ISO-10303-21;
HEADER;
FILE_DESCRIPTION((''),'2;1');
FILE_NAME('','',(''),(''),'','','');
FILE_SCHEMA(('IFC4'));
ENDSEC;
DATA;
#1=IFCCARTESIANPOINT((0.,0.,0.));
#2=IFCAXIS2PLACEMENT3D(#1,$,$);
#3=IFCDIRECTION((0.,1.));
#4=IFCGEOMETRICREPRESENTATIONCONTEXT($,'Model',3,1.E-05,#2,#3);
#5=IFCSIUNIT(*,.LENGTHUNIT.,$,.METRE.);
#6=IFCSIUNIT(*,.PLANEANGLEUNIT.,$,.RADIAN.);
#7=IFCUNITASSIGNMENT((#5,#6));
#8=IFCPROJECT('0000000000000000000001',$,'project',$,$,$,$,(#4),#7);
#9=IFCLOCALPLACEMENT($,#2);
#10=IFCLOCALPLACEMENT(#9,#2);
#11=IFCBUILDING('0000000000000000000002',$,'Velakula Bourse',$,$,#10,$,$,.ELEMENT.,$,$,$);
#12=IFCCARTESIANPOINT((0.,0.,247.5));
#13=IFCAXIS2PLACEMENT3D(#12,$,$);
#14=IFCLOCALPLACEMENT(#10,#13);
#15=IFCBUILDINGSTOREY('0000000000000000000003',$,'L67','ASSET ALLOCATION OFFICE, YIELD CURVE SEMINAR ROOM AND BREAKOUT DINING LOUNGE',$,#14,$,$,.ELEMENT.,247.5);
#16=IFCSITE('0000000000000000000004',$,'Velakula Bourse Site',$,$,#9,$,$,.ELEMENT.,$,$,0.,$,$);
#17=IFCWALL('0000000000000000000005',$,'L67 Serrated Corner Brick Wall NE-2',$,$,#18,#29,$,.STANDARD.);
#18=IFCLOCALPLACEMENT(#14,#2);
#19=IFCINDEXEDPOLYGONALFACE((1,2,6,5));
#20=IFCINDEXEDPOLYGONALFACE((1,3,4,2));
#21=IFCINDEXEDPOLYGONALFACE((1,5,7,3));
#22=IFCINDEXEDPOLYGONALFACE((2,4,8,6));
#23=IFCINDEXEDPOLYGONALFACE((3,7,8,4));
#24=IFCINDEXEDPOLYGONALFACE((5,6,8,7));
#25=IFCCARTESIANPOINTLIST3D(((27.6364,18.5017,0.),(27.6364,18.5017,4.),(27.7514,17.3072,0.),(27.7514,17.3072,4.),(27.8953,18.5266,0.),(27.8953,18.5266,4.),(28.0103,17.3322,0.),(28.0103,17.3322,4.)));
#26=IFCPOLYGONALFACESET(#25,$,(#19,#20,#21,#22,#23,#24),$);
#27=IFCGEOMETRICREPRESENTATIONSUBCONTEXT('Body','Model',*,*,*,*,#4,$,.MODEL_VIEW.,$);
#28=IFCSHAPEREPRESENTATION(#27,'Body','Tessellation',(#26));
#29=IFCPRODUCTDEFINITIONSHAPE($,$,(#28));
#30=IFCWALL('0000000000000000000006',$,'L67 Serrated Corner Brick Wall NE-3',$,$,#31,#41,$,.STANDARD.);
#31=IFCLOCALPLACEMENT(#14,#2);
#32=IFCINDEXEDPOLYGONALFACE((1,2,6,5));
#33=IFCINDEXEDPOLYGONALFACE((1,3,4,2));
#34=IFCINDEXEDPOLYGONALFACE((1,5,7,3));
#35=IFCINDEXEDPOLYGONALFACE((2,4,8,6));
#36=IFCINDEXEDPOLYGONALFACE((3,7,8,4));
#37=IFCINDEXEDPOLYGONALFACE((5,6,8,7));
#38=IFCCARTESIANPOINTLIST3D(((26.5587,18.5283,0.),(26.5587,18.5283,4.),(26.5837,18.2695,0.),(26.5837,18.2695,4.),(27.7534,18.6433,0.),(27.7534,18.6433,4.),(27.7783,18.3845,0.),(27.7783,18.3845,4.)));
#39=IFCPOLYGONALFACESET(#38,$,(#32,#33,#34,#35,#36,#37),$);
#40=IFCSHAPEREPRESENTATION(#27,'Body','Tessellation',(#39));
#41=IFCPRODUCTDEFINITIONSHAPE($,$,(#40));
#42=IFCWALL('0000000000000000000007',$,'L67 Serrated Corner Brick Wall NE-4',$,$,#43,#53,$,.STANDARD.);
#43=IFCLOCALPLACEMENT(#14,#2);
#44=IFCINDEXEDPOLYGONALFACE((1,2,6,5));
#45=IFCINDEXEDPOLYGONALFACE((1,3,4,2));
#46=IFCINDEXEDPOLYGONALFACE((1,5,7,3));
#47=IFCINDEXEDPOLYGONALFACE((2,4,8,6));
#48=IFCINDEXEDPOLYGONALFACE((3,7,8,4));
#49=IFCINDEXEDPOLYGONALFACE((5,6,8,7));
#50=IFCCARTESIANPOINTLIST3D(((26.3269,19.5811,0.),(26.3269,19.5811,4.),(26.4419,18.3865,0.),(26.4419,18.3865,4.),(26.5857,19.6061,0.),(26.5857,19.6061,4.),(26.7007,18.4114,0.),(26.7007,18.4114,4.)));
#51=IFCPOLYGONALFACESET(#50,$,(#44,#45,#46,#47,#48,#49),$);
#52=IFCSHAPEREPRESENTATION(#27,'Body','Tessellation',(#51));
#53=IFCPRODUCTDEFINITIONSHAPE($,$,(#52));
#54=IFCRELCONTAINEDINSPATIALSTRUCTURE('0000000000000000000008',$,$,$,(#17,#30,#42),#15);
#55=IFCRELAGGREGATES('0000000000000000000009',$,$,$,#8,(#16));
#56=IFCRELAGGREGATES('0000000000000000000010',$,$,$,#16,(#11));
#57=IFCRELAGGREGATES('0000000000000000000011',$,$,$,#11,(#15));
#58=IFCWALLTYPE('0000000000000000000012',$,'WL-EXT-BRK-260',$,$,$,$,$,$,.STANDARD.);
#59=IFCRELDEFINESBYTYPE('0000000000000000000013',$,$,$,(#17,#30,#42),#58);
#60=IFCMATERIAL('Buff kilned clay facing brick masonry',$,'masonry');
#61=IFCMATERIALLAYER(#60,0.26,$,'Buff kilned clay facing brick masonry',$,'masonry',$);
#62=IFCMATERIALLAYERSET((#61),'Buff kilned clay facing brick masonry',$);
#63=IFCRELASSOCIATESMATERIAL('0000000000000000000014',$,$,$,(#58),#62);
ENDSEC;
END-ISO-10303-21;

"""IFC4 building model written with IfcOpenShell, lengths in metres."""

from ifc_helpers import new_model, si_unit, direction, frame, frame_2d, origin, place, context, subcontext, project, spatial, rectangle, extrude, material, layer, layer_set, type_object, element, save


model = new_model("IFC4")

# Units and contexts
model_context = context("Model", 3, precision=1e-05, world=origin(), true_north=direction((0.0, 1.0)))
body_context = subcontext(model_context, "Body", "Model", "MODEL_VIEW")
ifc_project = project(units=[si_unit("LENGTHUNIT", "METRE"), si_unit("PLANEANGLEUNIT", "RADIAN")], contexts=[model_context])

# Site, building, storey
site_placement = place(None, origin())
site = spatial("IfcSite", under=ifc_project, at=site_placement, Name="Velakula Bourse Site", CompositionType="ELEMENT", RefElevation=0.0)
building_placement = place(site_placement, origin())
building = spatial("IfcBuilding", under=site, at=building_placement, Name="Velakula Bourse", CompositionType="ELEMENT")
storey_placement = place(building_placement, frame((0.0, 0.0, 247.5)))
storey = spatial("IfcBuildingStorey", under=building, at=storey_placement, Name="L67", Description="ASSET ALLOCATION OFFICE, YIELD CURVE SEMINAR ROOM AND BREAKOUT DINING LOUNGE", CompositionType="ELEMENT", Elevation=247.5)

# Shared definitions
ifc_material_1 = material(Name="Buff kilned clay facing brick masonry", Category="masonry")
ifc_layer_1 = layer(ifc_material_1, 0.26, Name="Buff kilned clay facing brick masonry", Category="masonry")
ifc_layer_set_1 = layer_set([ifc_layer_1], Name="Buff kilned clay facing brick masonry")
wall_type = type_object("IfcWallType", Name="WL-EXT-BRK-260", PredefinedType="STANDARD", material=ifc_layer_set_1)

# Walls
for number, where, z_axis, x_axis, name in (
    (1, (27.8809, 17.3196, 0.0), (0.0, 0.0, 1.0), (-0.095836, 0.995397, 0.0), "L67 Serrated Corner Brick Wall NE-2"),
):
    element("IfcWall", number, at=place(storey_placement, frame(where, z_axis=z_axis, x_axis=x_axis)), inside=storey, type_object=wall_type, Name=name, PredefinedType="STANDARD", context=body_context, shape_type="SweptSolid", body=[
        extrude(rectangle(XDim=1.2, YDim=0.26, at=frame_2d((0.6001, 0.0))), origin(), (0.0, 0.0, 1.0), 4.0),
    ])
for number, where, z_axis, x_axis, name in (
    (2, (27.7659, 18.5139, 0.0), (0.0, 0.0, 1.0), (-0.995399, -0.095817, 0.0), "L67 Serrated Corner Brick Wall NE-3"),
    (3, (26.5713, 18.3989, 0.0), (0.0, 0.0, 1.0), (-0.095817, 0.995399, 0.0), "L67 Serrated Corner Brick Wall NE-4"),
):
    element("IfcWall", number, at=place(storey_placement, frame(where, z_axis=z_axis, x_axis=x_axis)), inside=storey, type_object=wall_type, Name=name, PredefinedType="STANDARD", context=body_context, shape_type="SweptSolid", body=[
        extrude(rectangle(XDim=1.2002, YDim=0.26, at=frame_2d((0.6001, 0.0))), origin(), (0.0, 0.0, 1.0), 4.0),
    ])

save(model, "model.ifc")
